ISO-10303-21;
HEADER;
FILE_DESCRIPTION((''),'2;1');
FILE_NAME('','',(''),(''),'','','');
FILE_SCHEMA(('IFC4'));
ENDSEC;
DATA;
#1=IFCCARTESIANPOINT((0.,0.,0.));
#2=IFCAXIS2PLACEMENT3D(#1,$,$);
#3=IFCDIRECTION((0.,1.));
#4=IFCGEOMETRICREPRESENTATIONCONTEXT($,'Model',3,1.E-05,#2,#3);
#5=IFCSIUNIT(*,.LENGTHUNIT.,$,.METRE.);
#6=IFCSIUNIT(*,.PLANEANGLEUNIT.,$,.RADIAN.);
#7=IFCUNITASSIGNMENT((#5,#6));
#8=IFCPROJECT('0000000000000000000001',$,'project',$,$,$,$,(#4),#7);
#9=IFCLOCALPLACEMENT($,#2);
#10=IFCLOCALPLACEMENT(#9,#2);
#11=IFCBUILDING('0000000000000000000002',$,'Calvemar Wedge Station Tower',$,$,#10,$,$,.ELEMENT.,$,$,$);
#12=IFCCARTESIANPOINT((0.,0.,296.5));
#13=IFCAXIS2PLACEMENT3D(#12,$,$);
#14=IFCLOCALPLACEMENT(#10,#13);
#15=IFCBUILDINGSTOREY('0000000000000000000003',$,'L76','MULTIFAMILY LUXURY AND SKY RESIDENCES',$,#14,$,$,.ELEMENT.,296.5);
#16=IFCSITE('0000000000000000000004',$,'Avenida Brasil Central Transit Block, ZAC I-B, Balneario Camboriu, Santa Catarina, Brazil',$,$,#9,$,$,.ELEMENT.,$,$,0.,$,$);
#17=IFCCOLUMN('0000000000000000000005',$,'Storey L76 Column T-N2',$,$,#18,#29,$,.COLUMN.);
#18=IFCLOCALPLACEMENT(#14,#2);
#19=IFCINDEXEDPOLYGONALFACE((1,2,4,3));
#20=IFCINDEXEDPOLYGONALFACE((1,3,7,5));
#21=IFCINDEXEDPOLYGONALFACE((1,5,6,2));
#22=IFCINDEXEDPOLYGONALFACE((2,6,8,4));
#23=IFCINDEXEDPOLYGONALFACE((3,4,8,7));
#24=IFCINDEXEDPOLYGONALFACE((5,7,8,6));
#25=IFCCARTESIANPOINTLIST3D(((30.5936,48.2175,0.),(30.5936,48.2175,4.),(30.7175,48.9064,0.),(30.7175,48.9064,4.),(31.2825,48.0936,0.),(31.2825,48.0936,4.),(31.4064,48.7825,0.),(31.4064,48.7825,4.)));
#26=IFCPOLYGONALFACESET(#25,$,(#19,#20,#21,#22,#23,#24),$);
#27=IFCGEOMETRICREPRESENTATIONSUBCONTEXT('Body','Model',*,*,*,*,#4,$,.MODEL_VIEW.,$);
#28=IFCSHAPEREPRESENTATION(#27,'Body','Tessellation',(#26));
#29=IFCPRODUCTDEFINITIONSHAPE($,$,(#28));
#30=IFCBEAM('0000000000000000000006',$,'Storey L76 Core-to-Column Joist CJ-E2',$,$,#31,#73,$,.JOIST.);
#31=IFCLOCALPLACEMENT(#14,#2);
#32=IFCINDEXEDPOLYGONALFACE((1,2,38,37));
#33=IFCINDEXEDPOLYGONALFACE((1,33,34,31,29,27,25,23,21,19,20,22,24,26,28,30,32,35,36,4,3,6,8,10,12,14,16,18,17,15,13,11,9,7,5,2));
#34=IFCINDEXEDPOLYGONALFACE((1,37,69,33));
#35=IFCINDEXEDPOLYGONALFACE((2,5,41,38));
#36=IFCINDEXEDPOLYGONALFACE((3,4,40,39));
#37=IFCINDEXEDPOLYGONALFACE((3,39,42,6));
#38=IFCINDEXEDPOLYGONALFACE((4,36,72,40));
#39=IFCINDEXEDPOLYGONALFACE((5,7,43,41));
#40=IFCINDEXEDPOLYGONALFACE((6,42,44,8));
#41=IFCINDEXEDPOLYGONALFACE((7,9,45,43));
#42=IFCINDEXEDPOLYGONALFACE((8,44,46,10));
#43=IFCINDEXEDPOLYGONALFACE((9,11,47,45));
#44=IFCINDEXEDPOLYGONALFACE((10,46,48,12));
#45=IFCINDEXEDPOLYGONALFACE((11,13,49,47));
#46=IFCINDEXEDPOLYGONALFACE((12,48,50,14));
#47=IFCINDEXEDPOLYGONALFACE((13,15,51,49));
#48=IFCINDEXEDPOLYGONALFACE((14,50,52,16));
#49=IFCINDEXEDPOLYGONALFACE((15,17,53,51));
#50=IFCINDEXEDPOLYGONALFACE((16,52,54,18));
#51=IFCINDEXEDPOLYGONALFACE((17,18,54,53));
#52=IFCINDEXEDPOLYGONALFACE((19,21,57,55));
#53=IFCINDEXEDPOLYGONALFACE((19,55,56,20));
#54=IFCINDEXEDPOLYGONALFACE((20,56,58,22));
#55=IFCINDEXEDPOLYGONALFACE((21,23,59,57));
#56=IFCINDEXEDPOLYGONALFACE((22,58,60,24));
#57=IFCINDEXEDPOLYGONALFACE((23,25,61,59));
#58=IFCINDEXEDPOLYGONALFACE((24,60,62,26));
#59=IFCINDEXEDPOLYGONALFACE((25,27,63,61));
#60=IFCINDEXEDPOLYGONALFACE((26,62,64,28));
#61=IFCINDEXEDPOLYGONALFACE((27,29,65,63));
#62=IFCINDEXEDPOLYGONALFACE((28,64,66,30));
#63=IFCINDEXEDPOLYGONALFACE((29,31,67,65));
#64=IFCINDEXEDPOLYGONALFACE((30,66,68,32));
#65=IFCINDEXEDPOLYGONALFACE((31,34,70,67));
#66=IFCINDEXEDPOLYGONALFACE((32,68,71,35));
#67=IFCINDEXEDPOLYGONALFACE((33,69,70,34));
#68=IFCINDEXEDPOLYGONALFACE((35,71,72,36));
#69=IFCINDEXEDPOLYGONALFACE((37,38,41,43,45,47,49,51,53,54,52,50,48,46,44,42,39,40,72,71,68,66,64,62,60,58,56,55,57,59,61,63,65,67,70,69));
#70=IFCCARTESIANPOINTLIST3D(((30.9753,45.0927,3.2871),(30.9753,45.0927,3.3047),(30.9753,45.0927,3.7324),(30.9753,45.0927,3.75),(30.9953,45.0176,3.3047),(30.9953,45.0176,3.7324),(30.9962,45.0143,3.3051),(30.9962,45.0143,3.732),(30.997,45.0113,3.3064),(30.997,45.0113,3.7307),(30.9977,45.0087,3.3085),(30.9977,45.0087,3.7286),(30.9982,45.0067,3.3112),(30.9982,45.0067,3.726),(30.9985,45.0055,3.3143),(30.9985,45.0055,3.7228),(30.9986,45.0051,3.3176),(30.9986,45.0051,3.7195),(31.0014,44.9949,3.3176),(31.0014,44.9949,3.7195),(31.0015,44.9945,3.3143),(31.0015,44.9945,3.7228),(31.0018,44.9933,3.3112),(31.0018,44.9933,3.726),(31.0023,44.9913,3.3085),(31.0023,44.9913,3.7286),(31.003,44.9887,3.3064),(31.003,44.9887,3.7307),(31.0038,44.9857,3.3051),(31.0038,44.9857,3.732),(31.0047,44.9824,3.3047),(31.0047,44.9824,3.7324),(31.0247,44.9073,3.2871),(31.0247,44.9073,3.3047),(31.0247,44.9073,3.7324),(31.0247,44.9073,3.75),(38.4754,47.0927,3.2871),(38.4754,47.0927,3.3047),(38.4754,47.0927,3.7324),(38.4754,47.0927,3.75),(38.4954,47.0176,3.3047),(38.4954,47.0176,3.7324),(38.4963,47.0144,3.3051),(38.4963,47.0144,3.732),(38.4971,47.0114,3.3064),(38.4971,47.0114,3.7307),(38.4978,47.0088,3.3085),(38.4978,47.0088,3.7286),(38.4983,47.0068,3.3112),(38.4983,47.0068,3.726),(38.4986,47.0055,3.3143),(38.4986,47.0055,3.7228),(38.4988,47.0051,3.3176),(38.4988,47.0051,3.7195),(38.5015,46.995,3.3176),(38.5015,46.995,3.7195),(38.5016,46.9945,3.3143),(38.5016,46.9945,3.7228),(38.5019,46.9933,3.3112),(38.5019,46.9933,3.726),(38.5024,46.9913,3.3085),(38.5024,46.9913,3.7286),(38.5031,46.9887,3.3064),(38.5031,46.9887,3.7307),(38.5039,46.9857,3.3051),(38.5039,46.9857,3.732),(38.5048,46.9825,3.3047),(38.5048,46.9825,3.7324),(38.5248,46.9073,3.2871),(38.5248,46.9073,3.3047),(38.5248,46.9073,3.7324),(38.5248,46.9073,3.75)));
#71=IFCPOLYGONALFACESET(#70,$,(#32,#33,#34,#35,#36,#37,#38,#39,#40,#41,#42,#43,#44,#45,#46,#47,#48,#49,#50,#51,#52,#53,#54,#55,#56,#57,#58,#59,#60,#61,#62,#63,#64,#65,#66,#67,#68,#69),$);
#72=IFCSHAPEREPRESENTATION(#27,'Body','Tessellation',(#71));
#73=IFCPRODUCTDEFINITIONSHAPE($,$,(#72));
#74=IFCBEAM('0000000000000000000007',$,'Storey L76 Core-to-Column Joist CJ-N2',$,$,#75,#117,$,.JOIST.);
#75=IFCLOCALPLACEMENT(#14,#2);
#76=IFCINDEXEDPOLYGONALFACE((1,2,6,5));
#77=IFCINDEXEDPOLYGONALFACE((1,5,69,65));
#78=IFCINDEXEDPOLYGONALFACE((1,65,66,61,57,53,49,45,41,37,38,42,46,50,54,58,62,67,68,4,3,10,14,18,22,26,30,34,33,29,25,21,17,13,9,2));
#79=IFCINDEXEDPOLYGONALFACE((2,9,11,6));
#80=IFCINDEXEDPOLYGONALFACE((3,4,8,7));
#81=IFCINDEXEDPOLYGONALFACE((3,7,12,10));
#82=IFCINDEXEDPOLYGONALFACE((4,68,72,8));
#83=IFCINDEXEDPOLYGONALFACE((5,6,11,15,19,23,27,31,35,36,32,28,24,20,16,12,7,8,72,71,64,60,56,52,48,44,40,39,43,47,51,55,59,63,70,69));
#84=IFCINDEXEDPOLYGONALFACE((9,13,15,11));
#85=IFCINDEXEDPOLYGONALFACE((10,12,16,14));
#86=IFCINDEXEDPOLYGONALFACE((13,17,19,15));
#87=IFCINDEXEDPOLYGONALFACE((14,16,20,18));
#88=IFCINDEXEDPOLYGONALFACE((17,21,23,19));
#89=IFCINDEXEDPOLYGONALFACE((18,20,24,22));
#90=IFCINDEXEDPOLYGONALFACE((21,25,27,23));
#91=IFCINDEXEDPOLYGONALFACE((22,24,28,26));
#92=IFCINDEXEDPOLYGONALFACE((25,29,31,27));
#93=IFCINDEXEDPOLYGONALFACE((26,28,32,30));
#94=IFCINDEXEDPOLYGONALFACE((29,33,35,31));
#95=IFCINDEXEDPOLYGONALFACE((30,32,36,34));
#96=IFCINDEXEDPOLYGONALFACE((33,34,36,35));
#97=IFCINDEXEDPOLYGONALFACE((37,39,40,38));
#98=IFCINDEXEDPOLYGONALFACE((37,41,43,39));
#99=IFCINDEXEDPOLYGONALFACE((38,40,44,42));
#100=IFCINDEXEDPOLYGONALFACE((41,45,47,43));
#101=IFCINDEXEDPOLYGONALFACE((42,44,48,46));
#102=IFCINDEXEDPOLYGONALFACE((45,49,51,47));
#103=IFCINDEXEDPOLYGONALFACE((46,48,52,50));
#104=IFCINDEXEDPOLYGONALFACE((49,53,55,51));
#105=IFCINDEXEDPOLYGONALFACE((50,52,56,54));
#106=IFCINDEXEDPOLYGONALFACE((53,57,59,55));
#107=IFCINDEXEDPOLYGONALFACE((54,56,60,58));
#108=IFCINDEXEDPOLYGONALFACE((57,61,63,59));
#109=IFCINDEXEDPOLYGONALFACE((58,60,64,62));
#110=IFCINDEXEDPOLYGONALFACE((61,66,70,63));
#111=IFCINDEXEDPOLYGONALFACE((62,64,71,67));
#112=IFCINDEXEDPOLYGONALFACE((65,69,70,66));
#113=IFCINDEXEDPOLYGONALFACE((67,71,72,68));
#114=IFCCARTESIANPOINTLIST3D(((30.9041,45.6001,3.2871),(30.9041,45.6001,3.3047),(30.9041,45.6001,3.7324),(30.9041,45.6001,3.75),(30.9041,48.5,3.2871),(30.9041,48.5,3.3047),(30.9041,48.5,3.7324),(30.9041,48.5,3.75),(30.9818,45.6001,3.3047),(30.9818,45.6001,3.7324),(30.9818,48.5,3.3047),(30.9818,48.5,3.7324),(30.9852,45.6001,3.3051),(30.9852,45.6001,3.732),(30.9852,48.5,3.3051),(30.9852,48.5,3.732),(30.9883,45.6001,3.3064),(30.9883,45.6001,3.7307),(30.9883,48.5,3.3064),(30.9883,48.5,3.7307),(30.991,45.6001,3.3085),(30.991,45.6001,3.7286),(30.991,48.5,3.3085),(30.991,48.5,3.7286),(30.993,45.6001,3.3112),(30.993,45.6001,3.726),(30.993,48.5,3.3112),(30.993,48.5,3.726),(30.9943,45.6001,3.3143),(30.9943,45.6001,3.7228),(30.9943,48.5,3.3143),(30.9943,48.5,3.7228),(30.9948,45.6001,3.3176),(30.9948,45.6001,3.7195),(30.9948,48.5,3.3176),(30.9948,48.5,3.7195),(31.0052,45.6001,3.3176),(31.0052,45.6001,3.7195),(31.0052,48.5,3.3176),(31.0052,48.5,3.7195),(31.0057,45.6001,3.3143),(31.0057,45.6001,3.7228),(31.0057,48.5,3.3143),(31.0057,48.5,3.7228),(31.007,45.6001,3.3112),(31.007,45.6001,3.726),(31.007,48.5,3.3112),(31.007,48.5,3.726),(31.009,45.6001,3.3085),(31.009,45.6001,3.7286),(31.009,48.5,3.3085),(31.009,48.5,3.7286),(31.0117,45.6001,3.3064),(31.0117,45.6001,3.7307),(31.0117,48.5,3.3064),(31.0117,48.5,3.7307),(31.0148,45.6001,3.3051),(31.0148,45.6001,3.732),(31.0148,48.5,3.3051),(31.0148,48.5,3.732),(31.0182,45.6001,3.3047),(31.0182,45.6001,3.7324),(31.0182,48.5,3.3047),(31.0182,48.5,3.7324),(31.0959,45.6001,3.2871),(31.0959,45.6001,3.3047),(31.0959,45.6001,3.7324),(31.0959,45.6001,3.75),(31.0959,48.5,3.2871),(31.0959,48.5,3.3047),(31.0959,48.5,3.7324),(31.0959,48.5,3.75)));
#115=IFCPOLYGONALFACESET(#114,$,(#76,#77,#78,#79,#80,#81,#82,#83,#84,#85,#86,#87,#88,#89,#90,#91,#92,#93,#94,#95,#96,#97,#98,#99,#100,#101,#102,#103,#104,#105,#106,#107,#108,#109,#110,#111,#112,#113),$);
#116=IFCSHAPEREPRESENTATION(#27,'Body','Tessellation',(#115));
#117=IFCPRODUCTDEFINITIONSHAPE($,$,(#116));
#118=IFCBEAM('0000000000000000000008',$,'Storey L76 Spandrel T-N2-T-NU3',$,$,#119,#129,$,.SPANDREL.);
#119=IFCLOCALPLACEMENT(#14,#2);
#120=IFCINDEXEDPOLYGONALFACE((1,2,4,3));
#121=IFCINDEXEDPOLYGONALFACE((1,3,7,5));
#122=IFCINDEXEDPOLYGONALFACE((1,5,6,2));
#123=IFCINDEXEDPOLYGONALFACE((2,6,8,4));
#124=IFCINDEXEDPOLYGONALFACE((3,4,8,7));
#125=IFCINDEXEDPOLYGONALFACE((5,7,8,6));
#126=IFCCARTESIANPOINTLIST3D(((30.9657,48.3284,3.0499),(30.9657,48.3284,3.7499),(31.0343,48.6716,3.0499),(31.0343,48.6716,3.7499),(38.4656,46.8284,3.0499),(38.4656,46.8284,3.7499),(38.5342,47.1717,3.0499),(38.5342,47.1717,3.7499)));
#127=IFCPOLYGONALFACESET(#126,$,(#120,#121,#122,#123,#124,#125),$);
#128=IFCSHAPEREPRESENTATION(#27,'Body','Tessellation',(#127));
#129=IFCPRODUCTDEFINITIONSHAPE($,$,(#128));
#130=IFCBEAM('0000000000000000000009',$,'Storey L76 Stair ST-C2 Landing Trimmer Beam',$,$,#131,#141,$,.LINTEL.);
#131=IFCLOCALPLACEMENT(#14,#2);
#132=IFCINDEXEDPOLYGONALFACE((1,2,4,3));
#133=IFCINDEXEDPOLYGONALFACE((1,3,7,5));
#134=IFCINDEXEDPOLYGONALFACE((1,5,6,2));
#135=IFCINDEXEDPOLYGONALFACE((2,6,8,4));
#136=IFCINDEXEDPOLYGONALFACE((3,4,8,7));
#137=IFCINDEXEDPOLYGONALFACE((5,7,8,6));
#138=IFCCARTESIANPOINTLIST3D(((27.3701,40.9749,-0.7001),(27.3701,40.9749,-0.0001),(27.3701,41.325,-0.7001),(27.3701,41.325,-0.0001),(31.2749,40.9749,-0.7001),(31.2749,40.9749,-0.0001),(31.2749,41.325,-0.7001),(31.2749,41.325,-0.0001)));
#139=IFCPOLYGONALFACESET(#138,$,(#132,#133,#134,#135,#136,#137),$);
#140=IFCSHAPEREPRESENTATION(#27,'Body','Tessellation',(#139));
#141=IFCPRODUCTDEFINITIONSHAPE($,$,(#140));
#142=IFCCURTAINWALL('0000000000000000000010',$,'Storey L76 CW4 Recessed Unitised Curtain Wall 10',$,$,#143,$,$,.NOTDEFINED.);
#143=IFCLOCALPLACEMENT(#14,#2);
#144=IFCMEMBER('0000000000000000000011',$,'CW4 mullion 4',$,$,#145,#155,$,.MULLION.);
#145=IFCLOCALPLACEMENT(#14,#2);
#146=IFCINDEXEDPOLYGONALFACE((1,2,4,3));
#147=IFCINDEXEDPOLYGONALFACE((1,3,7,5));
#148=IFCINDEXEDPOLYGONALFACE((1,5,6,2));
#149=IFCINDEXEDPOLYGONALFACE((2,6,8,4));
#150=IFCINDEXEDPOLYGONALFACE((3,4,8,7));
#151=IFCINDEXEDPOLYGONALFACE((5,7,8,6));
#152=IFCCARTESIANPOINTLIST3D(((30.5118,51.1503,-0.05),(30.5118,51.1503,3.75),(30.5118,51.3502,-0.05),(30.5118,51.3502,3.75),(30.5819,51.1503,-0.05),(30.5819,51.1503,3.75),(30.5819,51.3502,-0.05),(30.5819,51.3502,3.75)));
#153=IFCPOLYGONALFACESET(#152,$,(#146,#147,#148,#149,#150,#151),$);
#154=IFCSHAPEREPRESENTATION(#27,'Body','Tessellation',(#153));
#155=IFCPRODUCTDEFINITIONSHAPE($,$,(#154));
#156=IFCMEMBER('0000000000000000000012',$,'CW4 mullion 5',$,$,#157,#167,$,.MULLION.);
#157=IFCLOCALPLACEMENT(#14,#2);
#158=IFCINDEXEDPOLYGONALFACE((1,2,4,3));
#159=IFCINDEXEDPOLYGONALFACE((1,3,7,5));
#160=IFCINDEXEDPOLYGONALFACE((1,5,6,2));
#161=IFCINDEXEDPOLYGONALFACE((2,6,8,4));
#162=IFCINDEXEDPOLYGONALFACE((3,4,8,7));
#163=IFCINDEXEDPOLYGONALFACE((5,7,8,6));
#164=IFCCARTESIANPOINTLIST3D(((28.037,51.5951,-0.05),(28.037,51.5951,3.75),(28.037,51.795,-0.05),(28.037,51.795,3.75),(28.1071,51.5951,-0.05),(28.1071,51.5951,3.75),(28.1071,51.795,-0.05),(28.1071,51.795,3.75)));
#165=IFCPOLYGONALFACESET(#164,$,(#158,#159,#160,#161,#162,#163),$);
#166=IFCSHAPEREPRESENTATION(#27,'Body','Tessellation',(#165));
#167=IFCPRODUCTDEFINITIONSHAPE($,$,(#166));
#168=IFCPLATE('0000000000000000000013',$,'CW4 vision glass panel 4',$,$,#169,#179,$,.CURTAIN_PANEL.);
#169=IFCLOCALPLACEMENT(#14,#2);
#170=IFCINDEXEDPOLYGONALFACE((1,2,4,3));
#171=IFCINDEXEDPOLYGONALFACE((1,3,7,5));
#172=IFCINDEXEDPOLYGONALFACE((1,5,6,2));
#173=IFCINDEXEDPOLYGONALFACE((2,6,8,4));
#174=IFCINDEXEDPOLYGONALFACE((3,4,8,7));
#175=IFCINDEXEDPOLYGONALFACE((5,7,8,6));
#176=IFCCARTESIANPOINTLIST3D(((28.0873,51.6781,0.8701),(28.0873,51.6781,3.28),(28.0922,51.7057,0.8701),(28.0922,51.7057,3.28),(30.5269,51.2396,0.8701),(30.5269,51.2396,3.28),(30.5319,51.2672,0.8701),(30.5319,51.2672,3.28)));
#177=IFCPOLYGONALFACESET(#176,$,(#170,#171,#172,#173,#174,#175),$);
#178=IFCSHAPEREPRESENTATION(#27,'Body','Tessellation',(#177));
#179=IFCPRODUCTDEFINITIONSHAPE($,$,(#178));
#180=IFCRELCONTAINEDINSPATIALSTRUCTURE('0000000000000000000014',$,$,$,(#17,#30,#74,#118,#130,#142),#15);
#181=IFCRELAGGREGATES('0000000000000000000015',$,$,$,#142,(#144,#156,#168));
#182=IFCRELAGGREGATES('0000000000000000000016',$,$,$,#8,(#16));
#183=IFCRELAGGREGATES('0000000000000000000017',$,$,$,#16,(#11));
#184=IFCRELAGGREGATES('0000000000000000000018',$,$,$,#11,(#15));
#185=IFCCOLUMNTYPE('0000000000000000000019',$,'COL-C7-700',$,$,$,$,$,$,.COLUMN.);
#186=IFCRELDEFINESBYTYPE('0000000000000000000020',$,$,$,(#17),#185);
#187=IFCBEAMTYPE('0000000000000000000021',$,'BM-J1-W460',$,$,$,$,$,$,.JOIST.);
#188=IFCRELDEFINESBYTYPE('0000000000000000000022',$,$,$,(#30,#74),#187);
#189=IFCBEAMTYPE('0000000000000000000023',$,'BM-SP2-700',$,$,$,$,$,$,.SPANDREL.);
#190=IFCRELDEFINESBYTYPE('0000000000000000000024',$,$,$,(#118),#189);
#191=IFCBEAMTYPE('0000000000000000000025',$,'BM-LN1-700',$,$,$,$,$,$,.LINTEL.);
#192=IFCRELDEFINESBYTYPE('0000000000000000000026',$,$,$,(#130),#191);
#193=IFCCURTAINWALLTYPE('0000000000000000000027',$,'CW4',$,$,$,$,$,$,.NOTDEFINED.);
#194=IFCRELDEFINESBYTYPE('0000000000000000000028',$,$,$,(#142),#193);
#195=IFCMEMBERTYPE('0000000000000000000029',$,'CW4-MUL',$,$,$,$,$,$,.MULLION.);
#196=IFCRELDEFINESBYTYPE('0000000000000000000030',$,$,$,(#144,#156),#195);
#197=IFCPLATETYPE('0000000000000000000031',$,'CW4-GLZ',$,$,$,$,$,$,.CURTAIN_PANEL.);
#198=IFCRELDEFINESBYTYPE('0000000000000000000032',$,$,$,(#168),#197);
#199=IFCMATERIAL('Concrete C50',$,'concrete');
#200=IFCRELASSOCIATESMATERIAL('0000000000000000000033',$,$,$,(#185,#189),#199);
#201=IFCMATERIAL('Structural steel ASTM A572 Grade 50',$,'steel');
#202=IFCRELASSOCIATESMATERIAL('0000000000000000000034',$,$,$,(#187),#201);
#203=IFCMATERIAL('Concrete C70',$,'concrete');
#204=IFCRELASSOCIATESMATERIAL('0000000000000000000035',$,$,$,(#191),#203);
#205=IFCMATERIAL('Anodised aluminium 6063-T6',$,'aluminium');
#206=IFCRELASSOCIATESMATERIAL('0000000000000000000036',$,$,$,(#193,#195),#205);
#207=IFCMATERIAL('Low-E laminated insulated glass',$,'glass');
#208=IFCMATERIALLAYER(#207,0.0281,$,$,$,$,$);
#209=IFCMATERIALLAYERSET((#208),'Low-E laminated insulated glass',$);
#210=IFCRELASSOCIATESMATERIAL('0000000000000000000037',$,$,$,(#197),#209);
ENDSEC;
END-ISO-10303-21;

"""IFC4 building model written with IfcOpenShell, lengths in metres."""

from ifc_helpers import new_model, si_unit, direction, frame, frame_2d, origin, origin_2d, place, context, subcontext, project, spatial, rectangle, i_section, extrude, source, transform, mapped, material, layer, layer_set, material_profile, profile_set, type_object, element, aggregate, save


model = new_model("IFC4")

# Units and contexts
model_context = context("Model", 3, precision=1e-05, world=origin(), true_north=direction((0.0, 1.0)))
body_context = subcontext(model_context, "Body", "Model", "MODEL_VIEW")
ifc_project = project(units=[si_unit("LENGTHUNIT", "METRE"), si_unit("PLANEANGLEUNIT", "RADIAN")], contexts=[model_context])

# Site, building, storey
site_placement = place(None, origin())
site = spatial("IfcSite", under=ifc_project, at=site_placement, Name="Avenida Brasil Central Transit Block, ZAC I-B, Balneario Camboriu, Santa Catarina, Brazil", CompositionType="ELEMENT", RefElevation=0.0)
building_placement = place(site_placement, origin())
building = spatial("IfcBuilding", under=site, at=building_placement, Name="Calvemar Wedge Station Tower", CompositionType="ELEMENT")
storey_placement = place(building_placement, frame((0.0, 0.0, 296.5)))
storey = spatial("IfcBuildingStorey", under=building, at=storey_placement, Name="L76", Description="MULTIFAMILY LUXURY AND SKY RESIDENCES", CompositionType="ELEMENT", Elevation=296.5)

# Column
ifc_material_1 = material(Name="Concrete C50", Category="concrete")
ifc_material_profile_1 = material_profile(ifc_material_1, rectangle(XDim=0.7, YDim=0.7, at=origin_2d()), Name="RC700x700")
ifc_profile_set_1 = profile_set([ifc_material_profile_1], Name="Concrete C50")
column_type = type_object("IfcColumnType", Name="COL-C7-700", PredefinedType="COLUMN", material=ifc_profile_set_1)
shared_shape_1 = source(origin(), body_context, "Body", "SweptSolid", [
    extrude(rectangle(XDim=0.7, YDim=0.7, at=origin_2d()), origin(), (0.0, 0.0, 1.0), 4.0),
])
column_placement = place(storey_placement, frame((31.0, 48.5, 0.0), z_axis=(0.0, 0.0, 1.0), x_axis=(0.984196, -0.177085, 0.0)))
element("IfcColumn", 1, at=column_placement, inside=storey, type_object=column_type, Name="Storey L76 Column T-N2", PredefinedType="COLUMN", context=body_context, shape_type="MappedRepresentation", body=[
    mapped(shared_shape_1, transform((0.0, 0.0, 0.0), scale=1.0)),
])

# Beams
ifc_material_2 = material(Name="Structural steel ASTM A572 Grade 50", Category="steel")
ifc_material_profile_2 = material_profile(ifc_material_2, i_section(OverallWidth=0.1919, OverallDepth=0.4629, WebThickness=0.0105, FlangeThickness=0.0176, FilletRadius=0.0129, at=origin_2d()), Name="W460x89")
ifc_profile_set_2 = profile_set([ifc_material_profile_2], Name="Structural steel ASTM A572 Grade 50")
beam_type_1 = type_object("IfcBeamType", Name="BM-J1-W460", PredefinedType="JOIST", material=ifc_profile_set_2)
shared_shape_2 = source(origin(), body_context, "Body", "SweptSolid", [
    extrude(i_section(OverallWidth=0.1919, OverallDepth=0.4629, WebThickness=0.0105, FlangeThickness=0.0176, FilletRadius=0.0129, at=origin_2d()), origin(), (0.0, 0.0, 1.0), 7.7622),
])
beam_1_placement = place(storey_placement, frame((31.0, 45.0, 3.5186), z_axis=(0.966235, 0.257663, 0.0), x_axis=(-0.257663, 0.966235, 0.0)))
element("IfcBeam", 2, at=beam_1_placement, inside=storey, type_object=beam_type_1, Name="Storey L76 Core-to-Column Joist CJ-E2", PredefinedType="JOIST", context=body_context, shape_type="MappedRepresentation", body=[
    mapped(shared_shape_2, transform((0.0, 0.0, 0.0), scale=1.0)),
])
shared_shape_3 = source(origin(), body_context, "Body", "SweptSolid", [
    extrude(i_section(OverallWidth=0.1919, OverallDepth=0.4629, WebThickness=0.0105, FlangeThickness=0.0176, FilletRadius=0.0129, at=origin_2d()), origin(), (0.0, 0.0, 1.0), 2.8999),
])
beam_2_placement = place(storey_placement, frame((31.0, 45.6001, 3.5186), z_axis=(0.0, 1.0, 0.0), x_axis=(-1.0, 0.0, 0.0)))
element("IfcBeam", 3, at=beam_2_placement, inside=storey, type_object=beam_type_1, Name="Storey L76 Core-to-Column Joist CJ-N2", PredefinedType="JOIST", context=body_context, shape_type="MappedRepresentation", body=[
    mapped(shared_shape_3, transform((0.0, 0.0, 0.0), scale=1.0)),
])
ifc_material_profile_3 = material_profile(ifc_material_1, rectangle(XDim=0.3501, YDim=0.7, at=origin_2d()), Name="RC350x700")
ifc_profile_set_3 = profile_set([ifc_material_profile_3], Name="Concrete C50")
beam_type_2 = type_object("IfcBeamType", Name="BM-SP2-700", PredefinedType="SPANDREL", material=ifc_profile_set_3)
shared_shape_4 = source(origin(), body_context, "Body", "SweptSolid", [
    extrude(rectangle(XDim=0.3501, YDim=0.7, at=origin_2d()), origin(), (0.0, 0.0, 1.0), 7.6484),
])
beam_3_placement = place(storey_placement, frame((31.0, 48.5, 3.3999), z_axis=(0.980581, -0.196116, 0.0), x_axis=(0.196116, 0.980581, 0.0)))
element("IfcBeam", 4, at=beam_3_placement, inside=storey, type_object=beam_type_2, Name="Storey L76 Spandrel T-N2-T-NU3", PredefinedType="SPANDREL", context=body_context, shape_type="MappedRepresentation", body=[
    mapped(shared_shape_4, transform((0.0, 0.0, 0.0), scale=1.0)),
])
ifc_material_3 = material(Name="Concrete C70", Category="concrete")
ifc_material_profile_4 = material_profile(ifc_material_3, rectangle(XDim=0.3501, YDim=0.7, at=origin_2d()), Name="RC350x700")
ifc_profile_set_4 = profile_set([ifc_material_profile_4], Name="Concrete C70")
beam_type_3 = type_object("IfcBeamType", Name="BM-LN1-700", PredefinedType="LINTEL", material=ifc_profile_set_4)
shared_shape_5 = source(origin(), body_context, "Body", "SweptSolid", [
    extrude(rectangle(XDim=0.3501, YDim=0.7, at=origin_2d()), origin(), (0.0, 0.0, 1.0), 3.9048),
])
beam_4_placement = place(storey_placement, frame((27.3701, 41.1499, -0.3501), z_axis=(1.0, 0.0, 0.0), x_axis=(0.0, 1.0, 0.0)))
element("IfcBeam", 5, at=beam_4_placement, inside=storey, type_object=beam_type_3, Name="Storey L76 Stair ST-C2 Landing Trimmer Beam", PredefinedType="LINTEL", context=body_context, shape_type="MappedRepresentation", body=[
    mapped(shared_shape_5, transform((0.0, 0.0, 0.0), scale=1.0)),
])

# Curtain wall, members, plate
ifc_material_4 = material(Name="Anodised aluminium 6063-T6", Category="aluminium")
curtain_wall_type = type_object("IfcCurtainWallType", Name="CW4", PredefinedType="NOTDEFINED", material=ifc_material_4)
curtain_wall_placement = place(storey_placement, origin())
curtain_wall = element("IfcCurtainWall", 6, at=curtain_wall_placement, inside=storey, type_object=curtain_wall_type, Name="Storey L76 CW4 Recessed Unitised Curtain Wall 10", PredefinedType="NOTDEFINED")
ifc_material_profile_5 = material_profile(ifc_material_4, rectangle(XDim=0.0701, YDim=0.2, at=origin_2d()), Name="AL-MUL-70x200")
ifc_profile_set_5 = profile_set([ifc_material_profile_5], Name="Anodised aluminium 6063-T6")
member_type = type_object("IfcMemberType", Name="CW4-MUL", PredefinedType="MULLION", material=ifc_profile_set_5)
shared_shape_6 = source(origin(), body_context, "Body", "SweptSolid", [
    extrude(rectangle(XDim=0.0701, YDim=0.2, at=origin_2d()), origin(), (0.0, 0.0, 1.0), 3.8),
])
member_1_placement = place(storey_placement, frame((30.5469, 51.2502, -0.05), z_axis=(0.0, 0.0, 1.0), x_axis=(1.0, 0.0, 0.0)))
member_1 = element("IfcMember", 7, at=member_1_placement, type_object=member_type, Name="CW4 mullion 4", PredefinedType="MULLION", context=body_context, shape_type="MappedRepresentation", body=[
    mapped(shared_shape_6, transform((0.0, 0.0, 0.0), scale=1.0)),
])
member_2_placement = place(storey_placement, frame((28.072, 51.6951, -0.05), z_axis=(0.0, 0.0, 1.0), x_axis=(1.0, 0.0, 0.0)))
member_2 = element("IfcMember", 8, at=member_2_placement, type_object=member_type, Name="CW4 mullion 5", PredefinedType="MULLION", context=body_context, shape_type="MappedRepresentation", body=[
    mapped(shared_shape_6, transform((0.0, 0.0, 0.0), scale=1.0)),
])
ifc_material_5 = material(Name="Low-E laminated insulated glass", Category="glass")
ifc_layer_1 = layer(ifc_material_5, 0.0281)
ifc_layer_set_1 = layer_set([ifc_layer_1], Name="Low-E laminated insulated glass")
plate_type_1 = type_object("IfcPlateType", Name="CW4-GLZ", PredefinedType="CURTAIN_PANEL", material=ifc_layer_set_1)
plate_1_placement = place(storey_placement, frame((30.5293, 51.2534, 0.8701), z_axis=(0.0, 0.0, 1.0), x_axis=(-0.98423, 0.176892, 0.0)))
plate_1 = element("IfcPlate", 9, at=plate_1_placement, type_object=plate_type_1, Name="CW4 vision glass panel 4", PredefinedType="CURTAIN_PANEL", context=body_context, shape_type="SweptSolid", body=[
    extrude(rectangle(XDim=2.4788, YDim=0.0281, at=frame_2d((1.2393, 0.0))), origin(), (0.0, 0.0, 1.0), 2.4099),
])
aggregate(curtain_wall, [member_1, member_2, plate_1])

save(model, "model.ifc")
